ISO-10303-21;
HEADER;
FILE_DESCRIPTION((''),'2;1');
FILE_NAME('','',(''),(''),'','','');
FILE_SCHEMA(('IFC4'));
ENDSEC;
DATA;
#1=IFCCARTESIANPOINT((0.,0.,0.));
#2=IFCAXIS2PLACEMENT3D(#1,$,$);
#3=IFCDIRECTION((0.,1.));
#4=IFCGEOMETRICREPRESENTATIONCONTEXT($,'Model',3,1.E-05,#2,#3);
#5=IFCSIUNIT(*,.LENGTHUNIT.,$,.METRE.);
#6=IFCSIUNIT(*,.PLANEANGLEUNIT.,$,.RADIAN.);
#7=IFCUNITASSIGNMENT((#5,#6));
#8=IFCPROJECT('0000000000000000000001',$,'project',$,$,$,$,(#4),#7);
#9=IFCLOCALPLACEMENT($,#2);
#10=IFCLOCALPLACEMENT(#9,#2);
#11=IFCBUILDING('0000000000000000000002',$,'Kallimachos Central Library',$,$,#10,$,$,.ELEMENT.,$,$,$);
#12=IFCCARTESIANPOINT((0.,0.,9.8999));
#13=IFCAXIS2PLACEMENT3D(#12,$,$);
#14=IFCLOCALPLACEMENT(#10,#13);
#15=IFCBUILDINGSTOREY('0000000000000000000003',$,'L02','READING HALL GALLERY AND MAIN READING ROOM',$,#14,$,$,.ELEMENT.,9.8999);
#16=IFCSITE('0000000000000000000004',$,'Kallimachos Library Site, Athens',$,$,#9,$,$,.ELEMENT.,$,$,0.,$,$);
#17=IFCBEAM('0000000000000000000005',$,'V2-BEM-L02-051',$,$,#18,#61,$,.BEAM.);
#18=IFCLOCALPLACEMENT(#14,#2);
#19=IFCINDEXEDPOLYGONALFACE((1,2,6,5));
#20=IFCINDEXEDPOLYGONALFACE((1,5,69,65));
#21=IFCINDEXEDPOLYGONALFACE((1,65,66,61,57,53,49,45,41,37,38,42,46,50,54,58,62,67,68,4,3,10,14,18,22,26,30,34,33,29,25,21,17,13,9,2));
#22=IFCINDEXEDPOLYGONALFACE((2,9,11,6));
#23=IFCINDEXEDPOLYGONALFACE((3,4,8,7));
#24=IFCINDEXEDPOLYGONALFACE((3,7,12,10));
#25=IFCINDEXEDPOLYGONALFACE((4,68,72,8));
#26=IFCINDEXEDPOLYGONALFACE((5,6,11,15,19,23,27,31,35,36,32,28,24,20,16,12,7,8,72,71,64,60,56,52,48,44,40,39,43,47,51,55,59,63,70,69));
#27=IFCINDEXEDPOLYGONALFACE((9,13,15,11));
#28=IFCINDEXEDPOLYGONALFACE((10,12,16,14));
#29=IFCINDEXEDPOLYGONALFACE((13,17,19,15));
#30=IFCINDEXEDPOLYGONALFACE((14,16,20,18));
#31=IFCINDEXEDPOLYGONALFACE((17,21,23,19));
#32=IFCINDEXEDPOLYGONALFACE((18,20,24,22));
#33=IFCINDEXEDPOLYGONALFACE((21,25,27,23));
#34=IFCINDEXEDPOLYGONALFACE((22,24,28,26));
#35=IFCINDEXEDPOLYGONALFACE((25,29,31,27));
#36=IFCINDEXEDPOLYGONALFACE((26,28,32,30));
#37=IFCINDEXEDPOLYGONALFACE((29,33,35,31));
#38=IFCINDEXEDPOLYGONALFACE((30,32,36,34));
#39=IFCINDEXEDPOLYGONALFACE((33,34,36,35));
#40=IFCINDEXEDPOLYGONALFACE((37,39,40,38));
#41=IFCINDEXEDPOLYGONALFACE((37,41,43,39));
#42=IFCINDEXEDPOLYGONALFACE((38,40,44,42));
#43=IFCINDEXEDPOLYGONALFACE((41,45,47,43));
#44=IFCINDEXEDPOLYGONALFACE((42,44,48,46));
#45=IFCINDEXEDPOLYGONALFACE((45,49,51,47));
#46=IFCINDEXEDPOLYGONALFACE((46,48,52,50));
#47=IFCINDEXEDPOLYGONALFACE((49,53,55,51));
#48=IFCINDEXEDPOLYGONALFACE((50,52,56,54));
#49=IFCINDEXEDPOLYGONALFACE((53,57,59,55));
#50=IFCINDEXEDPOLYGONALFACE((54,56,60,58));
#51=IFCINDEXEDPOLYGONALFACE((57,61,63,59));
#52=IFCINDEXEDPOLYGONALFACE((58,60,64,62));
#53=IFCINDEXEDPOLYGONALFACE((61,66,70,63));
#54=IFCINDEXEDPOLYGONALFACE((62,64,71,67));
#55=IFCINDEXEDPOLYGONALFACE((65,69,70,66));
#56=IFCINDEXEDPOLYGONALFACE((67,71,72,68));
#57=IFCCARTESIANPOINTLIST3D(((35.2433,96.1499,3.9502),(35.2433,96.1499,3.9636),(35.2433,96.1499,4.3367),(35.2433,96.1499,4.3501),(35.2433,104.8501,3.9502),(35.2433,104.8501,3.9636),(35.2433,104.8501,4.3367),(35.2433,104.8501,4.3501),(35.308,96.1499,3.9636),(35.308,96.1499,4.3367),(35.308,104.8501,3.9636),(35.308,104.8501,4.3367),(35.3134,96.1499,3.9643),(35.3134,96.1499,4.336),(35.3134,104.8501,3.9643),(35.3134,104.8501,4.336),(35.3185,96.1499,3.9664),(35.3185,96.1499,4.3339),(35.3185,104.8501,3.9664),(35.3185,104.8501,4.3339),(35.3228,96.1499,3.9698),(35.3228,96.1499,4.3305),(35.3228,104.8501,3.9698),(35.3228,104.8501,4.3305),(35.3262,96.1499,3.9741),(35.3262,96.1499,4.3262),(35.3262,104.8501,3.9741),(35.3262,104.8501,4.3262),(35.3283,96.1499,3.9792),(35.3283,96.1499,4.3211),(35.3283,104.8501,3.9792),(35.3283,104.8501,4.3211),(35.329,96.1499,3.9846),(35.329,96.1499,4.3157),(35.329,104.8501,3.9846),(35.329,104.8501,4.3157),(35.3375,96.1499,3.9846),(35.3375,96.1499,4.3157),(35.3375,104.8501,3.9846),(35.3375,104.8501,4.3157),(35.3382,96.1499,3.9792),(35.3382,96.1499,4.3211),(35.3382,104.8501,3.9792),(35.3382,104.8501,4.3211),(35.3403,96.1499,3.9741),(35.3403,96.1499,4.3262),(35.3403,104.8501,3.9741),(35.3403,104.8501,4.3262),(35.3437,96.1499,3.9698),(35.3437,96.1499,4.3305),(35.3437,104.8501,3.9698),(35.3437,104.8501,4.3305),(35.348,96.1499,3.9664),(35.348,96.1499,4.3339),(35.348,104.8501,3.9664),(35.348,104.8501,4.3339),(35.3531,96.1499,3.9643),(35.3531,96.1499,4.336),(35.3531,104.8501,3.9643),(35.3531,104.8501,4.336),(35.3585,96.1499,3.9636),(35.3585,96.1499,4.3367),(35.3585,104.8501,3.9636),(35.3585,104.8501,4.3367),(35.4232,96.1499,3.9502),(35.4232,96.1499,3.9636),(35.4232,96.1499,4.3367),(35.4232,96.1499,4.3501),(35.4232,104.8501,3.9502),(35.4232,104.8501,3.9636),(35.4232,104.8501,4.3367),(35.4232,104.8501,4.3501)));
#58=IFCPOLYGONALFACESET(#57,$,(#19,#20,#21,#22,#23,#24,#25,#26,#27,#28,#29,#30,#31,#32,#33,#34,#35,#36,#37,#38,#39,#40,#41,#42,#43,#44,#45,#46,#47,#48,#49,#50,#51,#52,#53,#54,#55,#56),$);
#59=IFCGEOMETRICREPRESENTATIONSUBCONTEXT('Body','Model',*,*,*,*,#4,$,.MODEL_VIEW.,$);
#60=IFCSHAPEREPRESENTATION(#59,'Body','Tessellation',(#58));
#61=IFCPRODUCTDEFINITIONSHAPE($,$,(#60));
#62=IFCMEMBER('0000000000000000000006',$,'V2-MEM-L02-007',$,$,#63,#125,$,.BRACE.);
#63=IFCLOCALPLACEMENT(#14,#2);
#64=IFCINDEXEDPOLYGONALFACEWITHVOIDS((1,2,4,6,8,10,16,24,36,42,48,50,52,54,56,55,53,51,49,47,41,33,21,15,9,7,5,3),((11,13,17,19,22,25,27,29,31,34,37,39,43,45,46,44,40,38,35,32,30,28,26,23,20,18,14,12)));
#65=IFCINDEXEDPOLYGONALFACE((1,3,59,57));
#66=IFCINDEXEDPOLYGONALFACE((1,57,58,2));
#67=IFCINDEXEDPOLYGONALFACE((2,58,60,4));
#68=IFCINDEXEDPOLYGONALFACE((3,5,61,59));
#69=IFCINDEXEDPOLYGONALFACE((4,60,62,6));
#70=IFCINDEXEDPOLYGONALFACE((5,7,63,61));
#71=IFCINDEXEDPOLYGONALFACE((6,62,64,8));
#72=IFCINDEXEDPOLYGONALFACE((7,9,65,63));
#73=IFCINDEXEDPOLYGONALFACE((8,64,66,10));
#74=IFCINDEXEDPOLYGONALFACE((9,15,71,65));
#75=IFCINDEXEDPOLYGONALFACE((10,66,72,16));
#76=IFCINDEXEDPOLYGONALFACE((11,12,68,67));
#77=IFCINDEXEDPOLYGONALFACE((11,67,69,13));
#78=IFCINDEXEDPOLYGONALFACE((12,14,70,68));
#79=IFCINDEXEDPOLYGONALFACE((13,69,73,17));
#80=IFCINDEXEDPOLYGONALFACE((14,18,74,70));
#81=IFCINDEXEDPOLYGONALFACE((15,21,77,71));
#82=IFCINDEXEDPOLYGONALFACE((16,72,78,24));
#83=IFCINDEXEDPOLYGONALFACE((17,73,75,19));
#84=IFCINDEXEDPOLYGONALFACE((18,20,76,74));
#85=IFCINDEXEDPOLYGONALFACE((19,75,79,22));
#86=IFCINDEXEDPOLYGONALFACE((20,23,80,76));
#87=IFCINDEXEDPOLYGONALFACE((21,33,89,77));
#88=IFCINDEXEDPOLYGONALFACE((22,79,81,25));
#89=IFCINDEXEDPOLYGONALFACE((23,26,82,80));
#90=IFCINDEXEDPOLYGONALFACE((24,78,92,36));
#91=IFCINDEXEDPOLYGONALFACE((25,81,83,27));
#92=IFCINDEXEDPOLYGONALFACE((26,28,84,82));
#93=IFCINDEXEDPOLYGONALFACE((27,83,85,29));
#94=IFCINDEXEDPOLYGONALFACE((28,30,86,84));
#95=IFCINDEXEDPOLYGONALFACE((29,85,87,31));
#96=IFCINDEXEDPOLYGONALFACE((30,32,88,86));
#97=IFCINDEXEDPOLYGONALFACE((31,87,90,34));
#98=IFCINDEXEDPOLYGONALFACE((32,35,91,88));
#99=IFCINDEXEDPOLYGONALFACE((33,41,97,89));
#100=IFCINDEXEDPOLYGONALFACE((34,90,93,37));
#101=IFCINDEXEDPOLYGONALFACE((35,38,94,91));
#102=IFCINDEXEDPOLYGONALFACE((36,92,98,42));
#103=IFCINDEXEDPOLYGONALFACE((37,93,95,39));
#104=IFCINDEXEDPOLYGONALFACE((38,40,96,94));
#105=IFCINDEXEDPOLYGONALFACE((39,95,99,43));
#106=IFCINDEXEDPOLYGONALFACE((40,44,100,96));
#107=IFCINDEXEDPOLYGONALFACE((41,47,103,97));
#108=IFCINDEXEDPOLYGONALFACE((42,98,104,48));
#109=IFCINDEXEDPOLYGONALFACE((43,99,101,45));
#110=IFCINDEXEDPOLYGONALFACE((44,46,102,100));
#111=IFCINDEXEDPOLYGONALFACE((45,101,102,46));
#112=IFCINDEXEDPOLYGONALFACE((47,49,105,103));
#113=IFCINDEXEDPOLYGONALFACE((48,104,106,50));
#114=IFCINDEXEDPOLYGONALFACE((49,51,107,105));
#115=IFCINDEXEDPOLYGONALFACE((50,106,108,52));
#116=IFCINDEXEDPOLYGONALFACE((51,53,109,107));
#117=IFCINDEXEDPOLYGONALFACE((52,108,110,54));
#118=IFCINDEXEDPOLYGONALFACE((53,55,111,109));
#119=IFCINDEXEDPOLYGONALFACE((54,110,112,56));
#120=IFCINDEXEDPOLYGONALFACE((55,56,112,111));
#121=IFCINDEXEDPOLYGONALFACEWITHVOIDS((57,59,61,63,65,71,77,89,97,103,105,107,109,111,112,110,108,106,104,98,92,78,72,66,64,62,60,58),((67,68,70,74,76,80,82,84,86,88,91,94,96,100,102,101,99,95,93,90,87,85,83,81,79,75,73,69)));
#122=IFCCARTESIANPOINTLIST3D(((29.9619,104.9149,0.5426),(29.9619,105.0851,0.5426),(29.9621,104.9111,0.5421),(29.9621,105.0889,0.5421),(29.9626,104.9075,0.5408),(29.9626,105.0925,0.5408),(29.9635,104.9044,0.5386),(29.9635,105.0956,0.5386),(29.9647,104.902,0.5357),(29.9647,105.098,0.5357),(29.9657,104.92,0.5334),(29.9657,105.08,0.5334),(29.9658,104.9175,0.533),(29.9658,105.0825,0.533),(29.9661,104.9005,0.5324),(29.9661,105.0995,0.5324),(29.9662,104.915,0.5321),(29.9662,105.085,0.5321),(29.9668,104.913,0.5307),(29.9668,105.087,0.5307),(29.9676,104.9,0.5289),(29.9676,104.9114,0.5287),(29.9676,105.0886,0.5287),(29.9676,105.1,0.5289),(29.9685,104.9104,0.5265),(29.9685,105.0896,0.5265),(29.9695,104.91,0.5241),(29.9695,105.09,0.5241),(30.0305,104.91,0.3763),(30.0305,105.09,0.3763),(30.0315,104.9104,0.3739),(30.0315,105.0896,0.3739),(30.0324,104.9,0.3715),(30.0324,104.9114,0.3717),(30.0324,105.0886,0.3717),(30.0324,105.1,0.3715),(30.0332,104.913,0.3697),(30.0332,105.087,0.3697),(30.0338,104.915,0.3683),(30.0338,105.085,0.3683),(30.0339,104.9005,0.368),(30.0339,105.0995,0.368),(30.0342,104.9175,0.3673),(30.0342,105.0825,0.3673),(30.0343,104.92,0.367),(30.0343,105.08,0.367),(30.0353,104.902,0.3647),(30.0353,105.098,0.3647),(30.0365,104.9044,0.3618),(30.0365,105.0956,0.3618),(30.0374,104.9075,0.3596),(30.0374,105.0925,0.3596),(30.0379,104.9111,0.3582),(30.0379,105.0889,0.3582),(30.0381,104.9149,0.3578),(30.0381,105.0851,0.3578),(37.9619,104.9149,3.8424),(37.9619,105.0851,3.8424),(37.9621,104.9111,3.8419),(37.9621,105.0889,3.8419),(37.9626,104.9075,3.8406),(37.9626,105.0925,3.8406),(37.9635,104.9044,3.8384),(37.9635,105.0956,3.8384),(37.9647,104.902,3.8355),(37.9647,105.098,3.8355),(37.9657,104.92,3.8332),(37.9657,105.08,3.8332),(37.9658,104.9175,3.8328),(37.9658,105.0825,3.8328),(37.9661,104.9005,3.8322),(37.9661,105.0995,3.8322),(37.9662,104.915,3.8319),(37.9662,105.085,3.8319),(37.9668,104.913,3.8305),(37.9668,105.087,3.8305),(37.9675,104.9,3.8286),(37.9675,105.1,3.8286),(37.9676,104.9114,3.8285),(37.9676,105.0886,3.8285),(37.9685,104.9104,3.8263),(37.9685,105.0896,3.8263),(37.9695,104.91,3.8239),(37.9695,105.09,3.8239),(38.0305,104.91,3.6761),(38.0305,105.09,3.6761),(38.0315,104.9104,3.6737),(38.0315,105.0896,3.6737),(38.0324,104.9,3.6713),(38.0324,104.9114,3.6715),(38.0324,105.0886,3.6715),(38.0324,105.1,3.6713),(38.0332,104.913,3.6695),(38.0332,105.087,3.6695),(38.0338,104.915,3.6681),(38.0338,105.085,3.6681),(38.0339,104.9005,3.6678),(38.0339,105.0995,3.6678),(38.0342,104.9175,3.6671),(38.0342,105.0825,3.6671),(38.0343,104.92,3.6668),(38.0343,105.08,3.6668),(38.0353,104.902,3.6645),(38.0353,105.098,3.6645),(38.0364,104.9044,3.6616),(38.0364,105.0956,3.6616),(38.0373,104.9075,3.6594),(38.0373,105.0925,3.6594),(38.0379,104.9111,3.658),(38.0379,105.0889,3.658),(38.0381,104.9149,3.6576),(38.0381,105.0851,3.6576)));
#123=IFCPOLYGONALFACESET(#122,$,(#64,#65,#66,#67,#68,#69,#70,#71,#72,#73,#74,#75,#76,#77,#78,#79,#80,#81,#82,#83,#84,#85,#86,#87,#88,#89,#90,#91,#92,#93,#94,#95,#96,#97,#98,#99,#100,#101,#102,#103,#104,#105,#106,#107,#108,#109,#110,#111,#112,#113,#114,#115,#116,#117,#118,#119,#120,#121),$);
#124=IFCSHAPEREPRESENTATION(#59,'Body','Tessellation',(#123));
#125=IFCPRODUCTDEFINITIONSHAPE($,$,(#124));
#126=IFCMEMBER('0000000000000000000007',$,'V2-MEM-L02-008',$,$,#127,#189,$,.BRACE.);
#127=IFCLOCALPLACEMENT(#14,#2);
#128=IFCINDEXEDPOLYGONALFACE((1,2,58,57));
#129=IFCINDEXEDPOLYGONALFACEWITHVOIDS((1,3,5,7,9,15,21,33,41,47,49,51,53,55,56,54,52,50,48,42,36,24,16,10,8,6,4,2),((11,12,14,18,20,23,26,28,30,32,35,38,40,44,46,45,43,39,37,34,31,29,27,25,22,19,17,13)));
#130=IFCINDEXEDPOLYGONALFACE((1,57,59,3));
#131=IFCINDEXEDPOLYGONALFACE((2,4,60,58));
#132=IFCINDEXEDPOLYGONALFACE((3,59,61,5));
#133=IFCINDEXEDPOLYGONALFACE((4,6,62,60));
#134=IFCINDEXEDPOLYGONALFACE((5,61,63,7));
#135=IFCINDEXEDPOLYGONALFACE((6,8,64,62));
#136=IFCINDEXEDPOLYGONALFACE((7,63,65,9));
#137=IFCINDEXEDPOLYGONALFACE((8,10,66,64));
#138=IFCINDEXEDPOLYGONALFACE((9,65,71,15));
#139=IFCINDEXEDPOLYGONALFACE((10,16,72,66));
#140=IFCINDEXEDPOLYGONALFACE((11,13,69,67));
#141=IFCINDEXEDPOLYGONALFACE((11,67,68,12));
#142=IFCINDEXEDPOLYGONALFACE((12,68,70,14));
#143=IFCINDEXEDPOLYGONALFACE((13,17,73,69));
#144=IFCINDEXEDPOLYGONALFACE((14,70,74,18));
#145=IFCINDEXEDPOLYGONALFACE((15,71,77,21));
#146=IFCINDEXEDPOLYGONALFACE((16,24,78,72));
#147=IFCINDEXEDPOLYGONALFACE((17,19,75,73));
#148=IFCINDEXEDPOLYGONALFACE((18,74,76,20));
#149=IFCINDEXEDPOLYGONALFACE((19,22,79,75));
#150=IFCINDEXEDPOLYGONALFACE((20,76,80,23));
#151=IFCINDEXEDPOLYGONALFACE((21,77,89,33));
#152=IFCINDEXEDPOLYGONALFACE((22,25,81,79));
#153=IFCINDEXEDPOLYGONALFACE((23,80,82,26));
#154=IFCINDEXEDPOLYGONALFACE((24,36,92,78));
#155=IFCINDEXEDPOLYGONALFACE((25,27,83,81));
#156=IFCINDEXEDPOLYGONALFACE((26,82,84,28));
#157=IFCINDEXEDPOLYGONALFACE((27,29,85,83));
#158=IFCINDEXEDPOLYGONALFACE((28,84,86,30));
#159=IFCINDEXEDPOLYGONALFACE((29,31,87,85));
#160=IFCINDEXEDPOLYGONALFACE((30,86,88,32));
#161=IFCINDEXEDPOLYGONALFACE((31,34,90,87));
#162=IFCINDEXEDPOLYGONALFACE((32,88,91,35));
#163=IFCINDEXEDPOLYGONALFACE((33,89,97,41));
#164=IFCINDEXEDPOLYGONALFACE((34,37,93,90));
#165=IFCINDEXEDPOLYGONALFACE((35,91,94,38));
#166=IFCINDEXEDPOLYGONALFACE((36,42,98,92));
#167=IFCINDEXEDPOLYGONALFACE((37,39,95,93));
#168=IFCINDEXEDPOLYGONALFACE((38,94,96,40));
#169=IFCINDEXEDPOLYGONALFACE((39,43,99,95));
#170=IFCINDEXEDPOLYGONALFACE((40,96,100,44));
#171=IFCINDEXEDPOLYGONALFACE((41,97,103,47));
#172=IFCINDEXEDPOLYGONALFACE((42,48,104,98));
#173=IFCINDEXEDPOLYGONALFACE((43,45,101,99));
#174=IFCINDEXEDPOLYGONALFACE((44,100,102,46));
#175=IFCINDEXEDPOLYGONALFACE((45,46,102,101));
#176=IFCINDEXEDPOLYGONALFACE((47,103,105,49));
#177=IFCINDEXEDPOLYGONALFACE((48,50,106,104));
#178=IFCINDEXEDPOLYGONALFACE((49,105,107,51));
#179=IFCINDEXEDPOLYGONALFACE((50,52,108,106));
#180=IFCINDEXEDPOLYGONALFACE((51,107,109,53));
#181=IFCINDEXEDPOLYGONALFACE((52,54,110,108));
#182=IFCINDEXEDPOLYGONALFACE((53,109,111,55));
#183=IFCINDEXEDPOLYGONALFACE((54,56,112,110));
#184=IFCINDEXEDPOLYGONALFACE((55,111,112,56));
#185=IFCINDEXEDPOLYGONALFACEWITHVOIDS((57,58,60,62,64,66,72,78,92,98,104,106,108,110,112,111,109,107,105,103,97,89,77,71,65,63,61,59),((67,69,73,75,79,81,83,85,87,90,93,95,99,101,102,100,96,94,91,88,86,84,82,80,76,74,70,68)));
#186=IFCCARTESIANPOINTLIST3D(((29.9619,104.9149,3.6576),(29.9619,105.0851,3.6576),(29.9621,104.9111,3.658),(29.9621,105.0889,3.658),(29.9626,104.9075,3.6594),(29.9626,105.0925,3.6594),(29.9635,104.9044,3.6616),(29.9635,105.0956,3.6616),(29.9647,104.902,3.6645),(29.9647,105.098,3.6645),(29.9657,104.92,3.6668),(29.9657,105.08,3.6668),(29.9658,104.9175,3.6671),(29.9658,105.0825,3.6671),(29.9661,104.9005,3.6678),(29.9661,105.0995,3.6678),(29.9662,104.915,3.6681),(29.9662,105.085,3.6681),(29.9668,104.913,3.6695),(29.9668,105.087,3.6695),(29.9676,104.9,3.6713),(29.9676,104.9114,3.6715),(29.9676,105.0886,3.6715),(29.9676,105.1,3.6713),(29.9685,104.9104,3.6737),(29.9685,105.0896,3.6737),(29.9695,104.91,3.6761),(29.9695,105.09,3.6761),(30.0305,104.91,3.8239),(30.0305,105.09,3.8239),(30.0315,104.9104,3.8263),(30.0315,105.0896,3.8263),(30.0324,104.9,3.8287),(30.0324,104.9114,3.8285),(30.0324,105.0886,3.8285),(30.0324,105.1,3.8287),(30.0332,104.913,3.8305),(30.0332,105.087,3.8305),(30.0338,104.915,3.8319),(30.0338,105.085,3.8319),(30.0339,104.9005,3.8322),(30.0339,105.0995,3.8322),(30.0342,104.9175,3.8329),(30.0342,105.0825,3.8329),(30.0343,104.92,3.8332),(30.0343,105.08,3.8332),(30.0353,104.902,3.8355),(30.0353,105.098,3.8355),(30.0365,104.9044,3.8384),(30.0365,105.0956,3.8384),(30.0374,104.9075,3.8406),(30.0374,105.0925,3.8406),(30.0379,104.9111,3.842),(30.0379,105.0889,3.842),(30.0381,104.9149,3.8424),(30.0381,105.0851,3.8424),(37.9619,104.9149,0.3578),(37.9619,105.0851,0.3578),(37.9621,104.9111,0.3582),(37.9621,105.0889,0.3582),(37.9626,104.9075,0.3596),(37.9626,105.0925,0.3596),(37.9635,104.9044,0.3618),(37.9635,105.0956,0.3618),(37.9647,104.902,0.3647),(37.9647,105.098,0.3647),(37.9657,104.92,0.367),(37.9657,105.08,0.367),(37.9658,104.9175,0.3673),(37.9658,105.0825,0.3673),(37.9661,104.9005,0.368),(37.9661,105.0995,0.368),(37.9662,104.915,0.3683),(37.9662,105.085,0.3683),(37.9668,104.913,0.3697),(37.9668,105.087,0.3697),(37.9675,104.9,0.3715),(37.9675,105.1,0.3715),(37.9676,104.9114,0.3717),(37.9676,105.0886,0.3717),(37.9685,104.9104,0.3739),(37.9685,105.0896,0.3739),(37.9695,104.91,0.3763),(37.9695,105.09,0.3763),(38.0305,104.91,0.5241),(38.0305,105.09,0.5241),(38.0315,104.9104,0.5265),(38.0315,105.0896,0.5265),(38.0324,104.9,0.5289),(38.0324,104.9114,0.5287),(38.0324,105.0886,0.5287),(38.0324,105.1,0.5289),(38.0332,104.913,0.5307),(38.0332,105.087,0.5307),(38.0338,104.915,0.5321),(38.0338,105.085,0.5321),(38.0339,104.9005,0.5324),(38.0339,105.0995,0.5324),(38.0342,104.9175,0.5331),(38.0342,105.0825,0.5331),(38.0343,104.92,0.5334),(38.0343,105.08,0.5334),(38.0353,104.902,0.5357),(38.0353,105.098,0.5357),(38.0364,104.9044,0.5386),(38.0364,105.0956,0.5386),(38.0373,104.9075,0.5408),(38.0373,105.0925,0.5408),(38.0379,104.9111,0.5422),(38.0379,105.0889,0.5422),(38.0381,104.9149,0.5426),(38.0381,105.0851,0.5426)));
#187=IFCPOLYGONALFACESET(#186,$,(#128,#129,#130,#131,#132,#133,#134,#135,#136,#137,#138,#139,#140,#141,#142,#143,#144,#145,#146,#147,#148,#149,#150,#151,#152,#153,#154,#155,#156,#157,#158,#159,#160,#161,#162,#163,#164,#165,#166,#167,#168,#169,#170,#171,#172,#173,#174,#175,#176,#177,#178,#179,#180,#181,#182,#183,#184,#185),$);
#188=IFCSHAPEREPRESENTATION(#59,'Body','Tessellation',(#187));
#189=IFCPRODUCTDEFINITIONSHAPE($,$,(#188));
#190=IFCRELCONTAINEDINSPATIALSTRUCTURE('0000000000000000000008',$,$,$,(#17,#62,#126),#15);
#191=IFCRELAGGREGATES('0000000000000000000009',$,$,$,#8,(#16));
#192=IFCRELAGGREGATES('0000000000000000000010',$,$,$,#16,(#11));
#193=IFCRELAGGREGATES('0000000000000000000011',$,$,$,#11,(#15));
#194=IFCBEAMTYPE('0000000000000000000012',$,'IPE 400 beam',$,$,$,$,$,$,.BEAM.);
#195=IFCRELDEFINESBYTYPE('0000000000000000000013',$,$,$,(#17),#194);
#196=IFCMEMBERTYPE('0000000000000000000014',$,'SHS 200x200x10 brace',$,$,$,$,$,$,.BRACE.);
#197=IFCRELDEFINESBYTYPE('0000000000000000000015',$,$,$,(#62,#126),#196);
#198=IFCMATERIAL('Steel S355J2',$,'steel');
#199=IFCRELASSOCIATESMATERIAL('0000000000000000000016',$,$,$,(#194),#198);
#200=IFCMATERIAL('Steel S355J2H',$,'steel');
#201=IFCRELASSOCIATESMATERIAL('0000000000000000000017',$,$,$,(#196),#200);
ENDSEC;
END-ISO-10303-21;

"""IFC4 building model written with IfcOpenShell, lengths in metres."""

from ifc_helpers import new_model, si_unit, direction, frame, origin, origin_2d, place, context, subcontext, project, spatial, hollow_rectangle, i_section, extrude, material, material_profile, profile_set, type_object, element, save


model = new_model("IFC4")

# Units and contexts
model_context = context("Model", 3, precision=1e-05, world=origin(), true_north=direction((0.0, 1.0)))
body_context = subcontext(model_context, "Body", "Model", "MODEL_VIEW")
ifc_project = project(units=[si_unit("LENGTHUNIT", "METRE"), si_unit("PLANEANGLEUNIT", "RADIAN")], contexts=[model_context])

# Site, building, storey
site_placement = place(None, origin())
site = spatial("IfcSite", under=ifc_project, at=site_placement, Name="Kallimachos Library Site, Athens", CompositionType="ELEMENT", RefElevation=0.0)
building_placement = place(site_placement, origin())
building = spatial("IfcBuilding", under=site, at=building_placement, Name="Kallimachos Central Library", CompositionType="ELEMENT")
storey_placement = place(building_placement, frame((0.0, 0.0, 9.8999)))
storey = spatial("IfcBuildingStorey", under=building, at=storey_placement, Name="L02", Description="READING HALL GALLERY AND MAIN READING ROOM", CompositionType="ELEMENT", Elevation=9.8999)

# Beam
ifc_material_1 = material(Name="Steel S355J2", Category="steel")
ifc_material_profile_1 = material_profile(ifc_material_1, i_section(OverallWidth=0.1799, OverallDepth=0.3999, WebThickness=0.0085, FlangeThickness=0.0134, FilletRadius=0.021, at=origin_2d()), Name="IPE 400")
ifc_profile_set_1 = profile_set([ifc_material_profile_1], Name="Steel S355J2")
beam_type_1 = type_object("IfcBeamType", Name="IPE 400 beam", PredefinedType="BEAM", material=ifc_profile_set_1)
for number, where, z_axis, x_axis, name in (
    (1, (35.3333, 96.1499, 4.1501), (0.0, 1.0, 0.0), (-1.0, 0.0, 0.0), "V2-BEM-L02-051"),
):
    element("IfcBeam", number, at=place(storey_placement, frame(where, z_axis=z_axis, x_axis=x_axis)), inside=storey, type_object=beam_type_1, Name=name, PredefinedType="BEAM", context=body_context, shape_type="SweptSolid", body=[
        extrude(i_section(OverallWidth=0.1799, OverallDepth=0.3999, WebThickness=0.0085, FlangeThickness=0.0134, FilletRadius=0.021, at=origin_2d()), origin(), (0.0, 0.0, 1.0), 8.7002),
    ])

# Members
ifc_material_2 = material(Name="Steel S355J2H", Category="steel")
ifc_material_profile_2 = material_profile(ifc_material_2, hollow_rectangle(XDim=0.2, YDim=0.2, WallThickness=0.01, InnerFilletRadius=0.01, OuterFilletRadius=0.0149, at=origin_2d()), Name="SHS 200x200x10")
ifc_profile_set_2 = profile_set([ifc_material_profile_2], Name="Steel S355J2H")
member_type = type_object("IfcMemberType", Name="SHS 200x200x10 brace", PredefinedType="BRACE", material=ifc_profile_set_2)
for number, where, z_axis, x_axis, name in (
    (2, (30.0, 105.0, 0.4502), (0.924447, 0.0, 0.381312), (0.0, 1.0, 0.0), "V2-MEM-L02-007"),
    (3, (30.0, 105.0, 3.75), (0.924447, 0.0, -0.381312), (0.0, 1.0, 0.0), "V2-MEM-L02-008"),
):
    element("IfcMember", number, at=place(storey_placement, frame(where, z_axis=z_axis, x_axis=x_axis)), inside=storey, type_object=member_type, Name=name, PredefinedType="BRACE", context=body_context, shape_type="SweptSolid", body=[
        extrude(hollow_rectangle(XDim=0.2, YDim=0.2, WallThickness=0.01, InnerFilletRadius=0.01, OuterFilletRadius=0.0149, at=origin_2d()), origin(), (0.0, 0.0, 1.0), 8.6538),
    ])

save(model, "model.ifc")
